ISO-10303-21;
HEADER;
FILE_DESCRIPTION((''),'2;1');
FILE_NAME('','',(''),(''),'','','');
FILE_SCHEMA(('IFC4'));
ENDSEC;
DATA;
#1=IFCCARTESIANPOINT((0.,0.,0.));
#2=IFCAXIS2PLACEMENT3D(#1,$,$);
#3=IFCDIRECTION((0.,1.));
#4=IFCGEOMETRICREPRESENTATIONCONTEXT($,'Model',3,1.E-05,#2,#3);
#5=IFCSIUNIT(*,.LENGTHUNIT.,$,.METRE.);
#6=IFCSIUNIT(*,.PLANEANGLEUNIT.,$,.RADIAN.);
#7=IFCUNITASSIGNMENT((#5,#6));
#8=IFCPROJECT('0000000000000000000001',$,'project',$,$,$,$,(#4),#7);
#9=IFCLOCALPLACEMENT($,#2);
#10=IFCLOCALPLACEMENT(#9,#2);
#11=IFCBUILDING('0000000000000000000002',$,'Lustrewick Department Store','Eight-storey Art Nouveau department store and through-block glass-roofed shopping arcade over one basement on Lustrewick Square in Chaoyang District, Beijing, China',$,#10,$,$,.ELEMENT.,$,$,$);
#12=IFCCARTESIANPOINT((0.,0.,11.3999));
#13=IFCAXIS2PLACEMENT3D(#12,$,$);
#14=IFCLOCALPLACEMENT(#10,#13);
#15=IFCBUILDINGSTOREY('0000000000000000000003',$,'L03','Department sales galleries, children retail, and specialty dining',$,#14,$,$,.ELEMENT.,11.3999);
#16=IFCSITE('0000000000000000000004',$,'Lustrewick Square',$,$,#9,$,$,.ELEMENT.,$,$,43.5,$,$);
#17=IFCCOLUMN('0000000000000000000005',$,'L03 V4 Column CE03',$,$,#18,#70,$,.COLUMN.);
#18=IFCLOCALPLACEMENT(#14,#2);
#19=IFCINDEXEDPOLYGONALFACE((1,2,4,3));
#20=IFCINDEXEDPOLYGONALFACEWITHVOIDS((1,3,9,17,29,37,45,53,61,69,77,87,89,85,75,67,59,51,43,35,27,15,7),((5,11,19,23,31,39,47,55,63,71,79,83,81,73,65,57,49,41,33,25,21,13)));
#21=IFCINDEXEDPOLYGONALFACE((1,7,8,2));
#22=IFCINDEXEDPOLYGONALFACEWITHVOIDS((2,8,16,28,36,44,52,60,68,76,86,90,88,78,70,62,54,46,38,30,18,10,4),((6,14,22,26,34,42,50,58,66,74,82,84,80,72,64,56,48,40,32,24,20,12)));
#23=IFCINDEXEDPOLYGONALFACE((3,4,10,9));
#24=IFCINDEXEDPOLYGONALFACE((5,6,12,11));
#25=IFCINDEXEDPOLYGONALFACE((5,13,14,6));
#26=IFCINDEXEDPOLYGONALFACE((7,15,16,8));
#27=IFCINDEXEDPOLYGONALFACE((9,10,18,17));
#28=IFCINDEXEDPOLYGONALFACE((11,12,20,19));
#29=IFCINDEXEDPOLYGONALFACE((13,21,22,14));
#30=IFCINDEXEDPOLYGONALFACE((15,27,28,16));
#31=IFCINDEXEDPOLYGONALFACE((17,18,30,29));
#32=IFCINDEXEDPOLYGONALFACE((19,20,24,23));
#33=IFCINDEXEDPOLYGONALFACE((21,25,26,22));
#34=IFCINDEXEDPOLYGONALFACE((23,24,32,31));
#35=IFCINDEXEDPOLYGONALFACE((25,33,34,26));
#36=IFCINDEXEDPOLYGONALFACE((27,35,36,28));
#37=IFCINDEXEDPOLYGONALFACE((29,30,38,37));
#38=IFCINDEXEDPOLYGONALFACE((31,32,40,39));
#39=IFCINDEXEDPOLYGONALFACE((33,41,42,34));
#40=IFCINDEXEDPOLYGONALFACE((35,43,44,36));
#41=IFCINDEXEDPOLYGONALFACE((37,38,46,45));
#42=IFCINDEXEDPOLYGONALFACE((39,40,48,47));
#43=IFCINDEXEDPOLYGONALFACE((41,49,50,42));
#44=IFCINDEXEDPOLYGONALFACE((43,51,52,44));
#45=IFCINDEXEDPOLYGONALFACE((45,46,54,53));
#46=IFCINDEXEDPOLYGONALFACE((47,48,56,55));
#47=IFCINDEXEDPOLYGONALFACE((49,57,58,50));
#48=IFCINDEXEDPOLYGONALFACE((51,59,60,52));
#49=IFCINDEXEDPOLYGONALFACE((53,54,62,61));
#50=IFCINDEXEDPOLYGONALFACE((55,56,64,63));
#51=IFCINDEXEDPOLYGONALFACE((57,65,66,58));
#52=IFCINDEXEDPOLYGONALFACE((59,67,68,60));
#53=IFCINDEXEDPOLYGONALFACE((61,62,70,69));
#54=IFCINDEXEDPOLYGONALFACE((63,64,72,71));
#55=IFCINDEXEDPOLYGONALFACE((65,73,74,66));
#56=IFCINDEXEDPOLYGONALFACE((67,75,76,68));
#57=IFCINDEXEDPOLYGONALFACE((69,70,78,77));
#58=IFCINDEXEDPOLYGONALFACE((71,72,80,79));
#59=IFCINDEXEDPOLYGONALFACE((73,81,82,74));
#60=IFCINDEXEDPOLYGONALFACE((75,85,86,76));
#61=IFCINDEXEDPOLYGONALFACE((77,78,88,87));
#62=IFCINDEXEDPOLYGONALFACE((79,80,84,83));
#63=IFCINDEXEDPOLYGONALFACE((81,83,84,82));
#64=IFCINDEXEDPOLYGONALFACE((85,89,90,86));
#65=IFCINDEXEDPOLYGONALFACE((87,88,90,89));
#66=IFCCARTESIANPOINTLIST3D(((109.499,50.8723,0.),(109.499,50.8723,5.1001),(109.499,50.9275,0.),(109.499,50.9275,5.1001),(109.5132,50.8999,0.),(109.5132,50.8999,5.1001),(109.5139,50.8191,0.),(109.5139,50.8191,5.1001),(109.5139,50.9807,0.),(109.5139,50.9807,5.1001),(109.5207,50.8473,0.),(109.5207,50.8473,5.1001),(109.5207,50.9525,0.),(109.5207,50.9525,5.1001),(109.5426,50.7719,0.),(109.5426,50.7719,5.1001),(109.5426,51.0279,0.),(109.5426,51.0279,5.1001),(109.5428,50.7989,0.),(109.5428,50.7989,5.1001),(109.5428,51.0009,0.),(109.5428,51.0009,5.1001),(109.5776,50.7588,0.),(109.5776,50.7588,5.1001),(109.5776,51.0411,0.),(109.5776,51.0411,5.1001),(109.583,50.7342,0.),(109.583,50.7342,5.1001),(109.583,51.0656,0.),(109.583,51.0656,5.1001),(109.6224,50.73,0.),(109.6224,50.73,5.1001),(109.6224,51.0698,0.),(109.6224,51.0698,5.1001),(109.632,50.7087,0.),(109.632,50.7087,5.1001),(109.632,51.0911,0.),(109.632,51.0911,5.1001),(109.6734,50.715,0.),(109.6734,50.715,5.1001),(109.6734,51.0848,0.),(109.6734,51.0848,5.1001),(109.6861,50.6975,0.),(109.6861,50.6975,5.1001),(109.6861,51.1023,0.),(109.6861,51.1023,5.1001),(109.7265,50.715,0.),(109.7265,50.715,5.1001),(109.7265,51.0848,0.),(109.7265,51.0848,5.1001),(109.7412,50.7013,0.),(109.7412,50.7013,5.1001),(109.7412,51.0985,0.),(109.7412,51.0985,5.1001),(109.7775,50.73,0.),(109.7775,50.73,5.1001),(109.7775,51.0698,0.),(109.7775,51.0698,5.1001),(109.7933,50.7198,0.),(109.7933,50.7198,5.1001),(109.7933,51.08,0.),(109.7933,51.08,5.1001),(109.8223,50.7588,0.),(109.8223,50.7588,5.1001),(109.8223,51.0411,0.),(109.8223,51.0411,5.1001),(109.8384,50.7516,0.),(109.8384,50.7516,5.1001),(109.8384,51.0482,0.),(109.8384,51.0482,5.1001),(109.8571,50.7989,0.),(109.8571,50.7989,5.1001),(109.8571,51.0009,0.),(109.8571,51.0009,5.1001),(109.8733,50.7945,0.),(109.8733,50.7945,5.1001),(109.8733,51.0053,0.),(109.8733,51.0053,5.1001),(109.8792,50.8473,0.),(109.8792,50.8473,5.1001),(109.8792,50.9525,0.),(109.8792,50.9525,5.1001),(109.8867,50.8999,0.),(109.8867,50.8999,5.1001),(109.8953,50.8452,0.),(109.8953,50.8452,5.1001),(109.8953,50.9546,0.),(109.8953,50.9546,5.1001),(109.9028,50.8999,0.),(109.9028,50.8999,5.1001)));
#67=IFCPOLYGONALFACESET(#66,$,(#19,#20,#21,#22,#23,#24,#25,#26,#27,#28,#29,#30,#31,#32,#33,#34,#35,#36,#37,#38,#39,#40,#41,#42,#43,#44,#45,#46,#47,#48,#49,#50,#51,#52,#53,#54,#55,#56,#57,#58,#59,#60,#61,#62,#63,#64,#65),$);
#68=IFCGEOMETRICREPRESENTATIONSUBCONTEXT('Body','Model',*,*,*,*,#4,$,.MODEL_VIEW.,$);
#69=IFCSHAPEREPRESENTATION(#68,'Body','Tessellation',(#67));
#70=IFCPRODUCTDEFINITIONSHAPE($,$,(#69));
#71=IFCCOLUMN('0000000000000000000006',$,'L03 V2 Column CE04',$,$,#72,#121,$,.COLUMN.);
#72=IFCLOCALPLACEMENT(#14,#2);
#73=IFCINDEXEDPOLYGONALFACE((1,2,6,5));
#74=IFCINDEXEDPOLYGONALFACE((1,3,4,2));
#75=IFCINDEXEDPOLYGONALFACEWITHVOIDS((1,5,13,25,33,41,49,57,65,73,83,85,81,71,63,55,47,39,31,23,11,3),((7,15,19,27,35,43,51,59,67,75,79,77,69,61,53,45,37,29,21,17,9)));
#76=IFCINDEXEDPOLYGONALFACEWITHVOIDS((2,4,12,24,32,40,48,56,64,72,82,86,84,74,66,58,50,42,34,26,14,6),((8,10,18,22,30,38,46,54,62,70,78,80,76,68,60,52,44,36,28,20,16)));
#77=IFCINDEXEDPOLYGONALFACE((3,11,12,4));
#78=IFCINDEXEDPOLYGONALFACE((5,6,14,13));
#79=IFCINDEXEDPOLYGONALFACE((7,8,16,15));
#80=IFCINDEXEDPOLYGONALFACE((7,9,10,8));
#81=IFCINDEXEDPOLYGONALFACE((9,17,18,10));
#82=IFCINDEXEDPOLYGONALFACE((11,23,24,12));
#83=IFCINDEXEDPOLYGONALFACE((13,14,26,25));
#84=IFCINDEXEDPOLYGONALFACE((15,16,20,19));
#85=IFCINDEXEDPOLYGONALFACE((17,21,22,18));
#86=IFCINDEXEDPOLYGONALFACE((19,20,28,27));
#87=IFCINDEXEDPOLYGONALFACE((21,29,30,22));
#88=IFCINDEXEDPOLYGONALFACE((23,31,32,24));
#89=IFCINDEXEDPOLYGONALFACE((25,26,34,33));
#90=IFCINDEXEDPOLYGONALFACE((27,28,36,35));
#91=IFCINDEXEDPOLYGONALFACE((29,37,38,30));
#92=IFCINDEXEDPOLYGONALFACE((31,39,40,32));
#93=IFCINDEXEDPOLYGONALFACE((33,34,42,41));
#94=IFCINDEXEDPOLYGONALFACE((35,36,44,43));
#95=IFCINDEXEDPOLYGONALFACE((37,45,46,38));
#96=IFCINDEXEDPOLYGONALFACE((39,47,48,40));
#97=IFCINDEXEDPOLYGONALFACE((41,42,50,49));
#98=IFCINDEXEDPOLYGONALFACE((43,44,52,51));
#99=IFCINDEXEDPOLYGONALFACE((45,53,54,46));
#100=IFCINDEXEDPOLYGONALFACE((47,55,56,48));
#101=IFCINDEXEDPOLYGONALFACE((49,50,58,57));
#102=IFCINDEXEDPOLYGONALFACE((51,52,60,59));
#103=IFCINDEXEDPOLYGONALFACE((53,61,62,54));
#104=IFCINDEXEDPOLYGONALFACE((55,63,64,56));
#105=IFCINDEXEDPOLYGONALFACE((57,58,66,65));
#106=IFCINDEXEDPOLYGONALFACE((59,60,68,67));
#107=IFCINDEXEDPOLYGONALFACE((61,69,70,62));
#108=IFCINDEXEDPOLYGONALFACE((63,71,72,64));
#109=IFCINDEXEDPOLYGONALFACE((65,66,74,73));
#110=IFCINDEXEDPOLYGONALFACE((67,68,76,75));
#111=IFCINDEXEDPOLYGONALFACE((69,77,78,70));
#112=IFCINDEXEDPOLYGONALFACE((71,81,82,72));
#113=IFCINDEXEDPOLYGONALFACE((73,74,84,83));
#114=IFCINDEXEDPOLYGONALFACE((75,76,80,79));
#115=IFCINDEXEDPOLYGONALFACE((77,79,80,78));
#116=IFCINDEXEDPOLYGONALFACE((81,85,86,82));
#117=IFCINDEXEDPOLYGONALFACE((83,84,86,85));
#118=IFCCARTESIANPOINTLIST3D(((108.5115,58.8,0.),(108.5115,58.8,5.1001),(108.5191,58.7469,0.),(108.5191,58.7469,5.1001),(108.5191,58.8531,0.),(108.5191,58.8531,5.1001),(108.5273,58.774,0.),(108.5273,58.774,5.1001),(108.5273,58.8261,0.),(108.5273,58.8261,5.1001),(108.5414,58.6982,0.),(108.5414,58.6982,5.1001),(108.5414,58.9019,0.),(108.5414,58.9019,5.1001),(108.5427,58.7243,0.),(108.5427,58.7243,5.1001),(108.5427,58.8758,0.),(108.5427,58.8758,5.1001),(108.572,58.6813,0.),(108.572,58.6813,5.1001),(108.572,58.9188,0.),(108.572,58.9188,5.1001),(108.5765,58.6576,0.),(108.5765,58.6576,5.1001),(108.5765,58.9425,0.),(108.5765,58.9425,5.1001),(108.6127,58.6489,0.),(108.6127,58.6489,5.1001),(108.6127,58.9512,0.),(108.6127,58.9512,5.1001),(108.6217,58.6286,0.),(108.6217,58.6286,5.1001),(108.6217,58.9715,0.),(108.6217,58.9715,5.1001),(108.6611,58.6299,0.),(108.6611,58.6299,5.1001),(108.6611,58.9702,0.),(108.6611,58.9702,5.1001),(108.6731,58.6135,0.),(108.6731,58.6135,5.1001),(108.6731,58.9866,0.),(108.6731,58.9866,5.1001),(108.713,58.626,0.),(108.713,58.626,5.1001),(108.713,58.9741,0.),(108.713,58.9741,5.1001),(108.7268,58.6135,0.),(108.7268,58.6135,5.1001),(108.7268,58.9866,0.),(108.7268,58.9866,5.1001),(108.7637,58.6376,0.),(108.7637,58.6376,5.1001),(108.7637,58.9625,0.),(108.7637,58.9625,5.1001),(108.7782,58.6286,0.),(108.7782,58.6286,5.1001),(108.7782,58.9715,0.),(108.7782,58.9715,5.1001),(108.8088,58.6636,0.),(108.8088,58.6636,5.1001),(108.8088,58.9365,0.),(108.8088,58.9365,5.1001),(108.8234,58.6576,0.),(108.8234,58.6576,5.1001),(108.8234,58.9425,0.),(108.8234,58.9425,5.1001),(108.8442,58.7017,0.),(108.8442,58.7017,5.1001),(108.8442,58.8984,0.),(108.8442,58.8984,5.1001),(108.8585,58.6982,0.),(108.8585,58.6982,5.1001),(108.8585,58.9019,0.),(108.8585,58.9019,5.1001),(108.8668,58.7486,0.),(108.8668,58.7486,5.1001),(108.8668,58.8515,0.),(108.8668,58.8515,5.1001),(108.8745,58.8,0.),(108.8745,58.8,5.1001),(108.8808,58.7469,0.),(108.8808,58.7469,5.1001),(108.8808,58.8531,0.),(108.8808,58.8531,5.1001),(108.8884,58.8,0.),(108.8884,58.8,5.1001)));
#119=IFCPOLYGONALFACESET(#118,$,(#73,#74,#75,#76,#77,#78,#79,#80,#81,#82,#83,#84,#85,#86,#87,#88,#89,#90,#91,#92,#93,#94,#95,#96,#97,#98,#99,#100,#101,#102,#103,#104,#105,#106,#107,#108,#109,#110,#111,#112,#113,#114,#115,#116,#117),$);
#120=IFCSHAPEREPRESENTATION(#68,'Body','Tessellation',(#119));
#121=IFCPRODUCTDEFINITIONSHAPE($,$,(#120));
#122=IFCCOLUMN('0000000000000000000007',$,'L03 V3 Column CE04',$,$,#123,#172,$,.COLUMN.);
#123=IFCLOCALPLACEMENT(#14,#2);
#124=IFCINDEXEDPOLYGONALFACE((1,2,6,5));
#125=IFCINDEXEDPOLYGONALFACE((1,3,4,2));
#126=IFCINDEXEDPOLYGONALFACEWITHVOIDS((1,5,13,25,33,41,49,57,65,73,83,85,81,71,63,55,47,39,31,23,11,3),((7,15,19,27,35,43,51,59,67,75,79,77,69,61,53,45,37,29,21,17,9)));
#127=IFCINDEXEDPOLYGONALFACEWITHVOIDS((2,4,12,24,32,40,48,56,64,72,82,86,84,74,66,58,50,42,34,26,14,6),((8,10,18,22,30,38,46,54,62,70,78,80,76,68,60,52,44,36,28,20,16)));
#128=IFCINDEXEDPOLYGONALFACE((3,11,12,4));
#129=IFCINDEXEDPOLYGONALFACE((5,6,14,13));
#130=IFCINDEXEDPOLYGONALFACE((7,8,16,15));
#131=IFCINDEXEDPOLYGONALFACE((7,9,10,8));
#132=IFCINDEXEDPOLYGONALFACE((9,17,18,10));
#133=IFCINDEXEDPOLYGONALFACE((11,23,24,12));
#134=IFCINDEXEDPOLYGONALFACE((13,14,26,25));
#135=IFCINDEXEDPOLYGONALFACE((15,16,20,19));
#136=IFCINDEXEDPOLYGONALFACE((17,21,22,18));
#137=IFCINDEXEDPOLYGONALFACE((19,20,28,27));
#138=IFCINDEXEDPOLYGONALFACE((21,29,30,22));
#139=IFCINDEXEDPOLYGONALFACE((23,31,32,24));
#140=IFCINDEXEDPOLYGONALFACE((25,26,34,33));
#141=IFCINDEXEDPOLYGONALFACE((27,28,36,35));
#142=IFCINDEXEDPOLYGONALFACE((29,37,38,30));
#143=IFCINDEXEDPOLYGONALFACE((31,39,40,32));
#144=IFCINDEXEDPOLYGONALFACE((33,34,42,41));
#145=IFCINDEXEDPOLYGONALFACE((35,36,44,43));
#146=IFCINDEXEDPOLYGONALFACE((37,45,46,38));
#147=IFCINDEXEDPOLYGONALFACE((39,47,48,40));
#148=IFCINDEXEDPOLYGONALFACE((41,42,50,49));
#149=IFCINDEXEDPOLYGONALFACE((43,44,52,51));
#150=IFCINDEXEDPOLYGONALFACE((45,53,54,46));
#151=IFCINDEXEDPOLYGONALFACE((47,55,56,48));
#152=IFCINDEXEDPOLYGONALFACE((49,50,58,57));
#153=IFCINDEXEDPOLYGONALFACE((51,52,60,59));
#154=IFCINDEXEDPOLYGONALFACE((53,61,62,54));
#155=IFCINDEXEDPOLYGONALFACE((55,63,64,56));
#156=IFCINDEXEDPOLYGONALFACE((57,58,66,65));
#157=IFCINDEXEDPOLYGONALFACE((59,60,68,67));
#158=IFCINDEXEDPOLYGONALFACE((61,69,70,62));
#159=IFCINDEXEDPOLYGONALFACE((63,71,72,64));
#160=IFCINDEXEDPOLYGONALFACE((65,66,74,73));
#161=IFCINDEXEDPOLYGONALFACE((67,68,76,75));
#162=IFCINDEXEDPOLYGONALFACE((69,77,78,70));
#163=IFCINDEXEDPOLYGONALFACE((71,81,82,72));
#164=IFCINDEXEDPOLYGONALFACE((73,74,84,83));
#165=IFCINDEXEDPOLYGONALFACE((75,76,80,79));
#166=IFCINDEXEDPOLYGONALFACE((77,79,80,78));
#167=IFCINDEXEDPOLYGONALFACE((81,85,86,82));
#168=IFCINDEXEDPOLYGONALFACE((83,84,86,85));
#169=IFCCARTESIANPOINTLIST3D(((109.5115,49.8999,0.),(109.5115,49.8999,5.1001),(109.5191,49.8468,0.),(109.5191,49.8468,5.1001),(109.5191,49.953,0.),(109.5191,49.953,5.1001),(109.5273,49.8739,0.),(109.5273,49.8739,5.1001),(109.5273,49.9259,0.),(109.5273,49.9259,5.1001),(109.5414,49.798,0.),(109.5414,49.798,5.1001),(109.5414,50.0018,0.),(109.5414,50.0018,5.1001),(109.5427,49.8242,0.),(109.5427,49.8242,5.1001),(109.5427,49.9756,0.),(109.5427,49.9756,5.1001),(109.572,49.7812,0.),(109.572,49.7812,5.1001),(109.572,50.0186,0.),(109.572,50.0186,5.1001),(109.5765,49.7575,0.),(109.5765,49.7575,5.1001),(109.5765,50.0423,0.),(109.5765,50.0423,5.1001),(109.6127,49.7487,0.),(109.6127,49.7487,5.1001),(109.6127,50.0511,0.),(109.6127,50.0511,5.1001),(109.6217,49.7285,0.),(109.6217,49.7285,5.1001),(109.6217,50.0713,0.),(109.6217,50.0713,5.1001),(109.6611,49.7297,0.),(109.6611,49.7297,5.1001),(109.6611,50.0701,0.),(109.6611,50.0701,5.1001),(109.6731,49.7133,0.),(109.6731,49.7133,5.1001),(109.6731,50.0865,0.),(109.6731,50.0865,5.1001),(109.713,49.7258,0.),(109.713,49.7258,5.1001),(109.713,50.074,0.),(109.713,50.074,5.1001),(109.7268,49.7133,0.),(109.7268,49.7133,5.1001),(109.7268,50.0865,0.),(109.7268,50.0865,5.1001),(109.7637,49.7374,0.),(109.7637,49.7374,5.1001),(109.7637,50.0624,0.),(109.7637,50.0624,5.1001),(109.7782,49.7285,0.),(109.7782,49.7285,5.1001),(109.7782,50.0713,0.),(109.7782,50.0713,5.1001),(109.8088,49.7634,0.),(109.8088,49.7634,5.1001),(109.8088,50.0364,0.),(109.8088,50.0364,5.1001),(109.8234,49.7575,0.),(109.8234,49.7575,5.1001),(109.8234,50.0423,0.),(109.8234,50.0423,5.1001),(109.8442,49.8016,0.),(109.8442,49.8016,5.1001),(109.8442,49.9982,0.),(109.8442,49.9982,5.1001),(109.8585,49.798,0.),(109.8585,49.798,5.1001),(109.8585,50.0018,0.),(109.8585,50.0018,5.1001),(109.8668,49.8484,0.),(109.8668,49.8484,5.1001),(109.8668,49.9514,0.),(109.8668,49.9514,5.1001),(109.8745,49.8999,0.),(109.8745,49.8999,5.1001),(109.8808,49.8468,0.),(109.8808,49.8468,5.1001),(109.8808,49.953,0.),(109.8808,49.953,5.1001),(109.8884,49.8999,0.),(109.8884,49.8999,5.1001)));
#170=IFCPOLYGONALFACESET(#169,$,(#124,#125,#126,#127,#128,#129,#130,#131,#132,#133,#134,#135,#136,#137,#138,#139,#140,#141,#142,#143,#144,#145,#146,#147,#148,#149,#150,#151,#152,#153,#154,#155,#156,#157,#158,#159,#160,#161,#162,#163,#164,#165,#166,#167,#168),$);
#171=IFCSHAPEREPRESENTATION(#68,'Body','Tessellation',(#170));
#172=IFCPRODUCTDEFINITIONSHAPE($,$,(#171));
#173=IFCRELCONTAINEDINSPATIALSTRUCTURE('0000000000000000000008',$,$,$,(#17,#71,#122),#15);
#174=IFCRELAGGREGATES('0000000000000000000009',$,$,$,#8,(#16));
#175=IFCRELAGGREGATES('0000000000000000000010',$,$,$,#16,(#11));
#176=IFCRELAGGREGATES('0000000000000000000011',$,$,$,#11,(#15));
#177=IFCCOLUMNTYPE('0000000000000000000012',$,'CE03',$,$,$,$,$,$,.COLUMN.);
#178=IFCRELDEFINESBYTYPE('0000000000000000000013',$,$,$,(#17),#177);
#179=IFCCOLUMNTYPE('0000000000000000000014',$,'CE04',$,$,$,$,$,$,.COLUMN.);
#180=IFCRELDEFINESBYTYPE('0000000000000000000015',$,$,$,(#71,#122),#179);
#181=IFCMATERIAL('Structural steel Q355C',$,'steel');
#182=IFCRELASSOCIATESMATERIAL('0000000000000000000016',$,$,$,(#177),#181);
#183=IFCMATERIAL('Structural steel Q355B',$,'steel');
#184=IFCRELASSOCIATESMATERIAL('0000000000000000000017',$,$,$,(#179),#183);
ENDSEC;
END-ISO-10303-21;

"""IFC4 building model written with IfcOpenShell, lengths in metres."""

from ifc_helpers import new_model, si_unit, direction, frame, origin, origin_2d, place, context, subcontext, project, spatial, hollow_circle, extrude, material, material_profile, profile_set, type_object, element, save


model = new_model("IFC4")

# Units and contexts
model_context = context("Model", 3, precision=1e-05, world=origin(), true_north=direction((0.0, 1.0)))
body_context = subcontext(model_context, "Body", "Model", "MODEL_VIEW")
ifc_project = project(units=[si_unit("LENGTHUNIT", "METRE"), si_unit("PLANEANGLEUNIT", "RADIAN")], contexts=[model_context])

# Site, building, storey
site_placement = place(None, origin())
site = spatial("IfcSite", under=ifc_project, at=site_placement, Name="Lustrewick Square", CompositionType="ELEMENT", RefElevation=43.5)
building_placement = place(site_placement, origin())
building = spatial("IfcBuilding", under=site, at=building_placement, Name="Lustrewick Department Store", Description="Eight-storey Art Nouveau department store and through-block glass-roofed shopping arcade over one basement on Lustrewick Square in Chaoyang District, Beijing, China", CompositionType="ELEMENT")
storey_placement = place(building_placement, frame((0.0, 0.0, 11.3999)))
storey = spatial("IfcBuildingStorey", under=building, at=storey_placement, Name="L03", Description="Department sales galleries, children retail, and specialty dining", CompositionType="ELEMENT", Elevation=11.3999)

# Columns
ifc_material_1 = material(Name="Structural steel Q355C", Category="steel")
ifc_material_profile_1 = material_profile(ifc_material_1, hollow_circle(Radius=0.2029, WallThickness=0.0161, at=origin_2d()), Name="CHS 406x16")
ifc_profile_set_1 = profile_set([ifc_material_profile_1], Name="Structural steel Q355C")
column_type_1 = type_object("IfcColumnType", Name="CE03", PredefinedType="COLUMN", material=ifc_profile_set_1)
column_placement = place(storey_placement, frame((109.7, 50.8999, 0.0), z_axis=(0.0, 0.0, 1.0), x_axis=(1.0, 0.0, 0.0)))
element("IfcColumn", 1, at=column_placement, inside=storey, type_object=column_type_1, Name="L03 V4 Column CE03", PredefinedType="COLUMN", context=body_context, shape_type="SweptSolid", body=[
    extrude(hollow_circle(Radius=0.2029, WallThickness=0.0161, at=origin_2d()), origin(), (0.0, 0.0, 1.0), 5.1001),
])
ifc_material_2 = material(Name="Structural steel Q355B", Category="steel")
ifc_material_profile_2 = material_profile(ifc_material_2, hollow_circle(Radius=0.1885, WallThickness=0.0139, at=origin_2d()), Name="CHS 377x14")
ifc_profile_set_2 = profile_set([ifc_material_profile_2], Name="Structural steel Q355B")
column_type_2 = type_object("IfcColumnType", Name="CE04", PredefinedType="COLUMN", material=ifc_profile_set_2)
for number, where, z_axis, x_axis, name in (
    (2, (108.7, 58.8, 0.0), (0.0, 0.0, 1.0), (1.0, 0.0, 0.0), "L03 V2 Column CE04"),
    (3, (109.7, 49.8999, 0.0), (0.0, 0.0, 1.0), (1.0, 0.0, 0.0), "L03 V3 Column CE04"),
):
    element("IfcColumn", number, at=place(storey_placement, frame(where, z_axis=z_axis, x_axis=x_axis)), inside=storey, type_object=column_type_2, Name=name, PredefinedType="COLUMN", context=body_context, shape_type="SweptSolid", body=[
        extrude(hollow_circle(Radius=0.1885, WallThickness=0.0139, at=origin_2d()), origin(), (0.0, 0.0, 1.0), 5.1001),
    ])

save(model, "model.ifc")
